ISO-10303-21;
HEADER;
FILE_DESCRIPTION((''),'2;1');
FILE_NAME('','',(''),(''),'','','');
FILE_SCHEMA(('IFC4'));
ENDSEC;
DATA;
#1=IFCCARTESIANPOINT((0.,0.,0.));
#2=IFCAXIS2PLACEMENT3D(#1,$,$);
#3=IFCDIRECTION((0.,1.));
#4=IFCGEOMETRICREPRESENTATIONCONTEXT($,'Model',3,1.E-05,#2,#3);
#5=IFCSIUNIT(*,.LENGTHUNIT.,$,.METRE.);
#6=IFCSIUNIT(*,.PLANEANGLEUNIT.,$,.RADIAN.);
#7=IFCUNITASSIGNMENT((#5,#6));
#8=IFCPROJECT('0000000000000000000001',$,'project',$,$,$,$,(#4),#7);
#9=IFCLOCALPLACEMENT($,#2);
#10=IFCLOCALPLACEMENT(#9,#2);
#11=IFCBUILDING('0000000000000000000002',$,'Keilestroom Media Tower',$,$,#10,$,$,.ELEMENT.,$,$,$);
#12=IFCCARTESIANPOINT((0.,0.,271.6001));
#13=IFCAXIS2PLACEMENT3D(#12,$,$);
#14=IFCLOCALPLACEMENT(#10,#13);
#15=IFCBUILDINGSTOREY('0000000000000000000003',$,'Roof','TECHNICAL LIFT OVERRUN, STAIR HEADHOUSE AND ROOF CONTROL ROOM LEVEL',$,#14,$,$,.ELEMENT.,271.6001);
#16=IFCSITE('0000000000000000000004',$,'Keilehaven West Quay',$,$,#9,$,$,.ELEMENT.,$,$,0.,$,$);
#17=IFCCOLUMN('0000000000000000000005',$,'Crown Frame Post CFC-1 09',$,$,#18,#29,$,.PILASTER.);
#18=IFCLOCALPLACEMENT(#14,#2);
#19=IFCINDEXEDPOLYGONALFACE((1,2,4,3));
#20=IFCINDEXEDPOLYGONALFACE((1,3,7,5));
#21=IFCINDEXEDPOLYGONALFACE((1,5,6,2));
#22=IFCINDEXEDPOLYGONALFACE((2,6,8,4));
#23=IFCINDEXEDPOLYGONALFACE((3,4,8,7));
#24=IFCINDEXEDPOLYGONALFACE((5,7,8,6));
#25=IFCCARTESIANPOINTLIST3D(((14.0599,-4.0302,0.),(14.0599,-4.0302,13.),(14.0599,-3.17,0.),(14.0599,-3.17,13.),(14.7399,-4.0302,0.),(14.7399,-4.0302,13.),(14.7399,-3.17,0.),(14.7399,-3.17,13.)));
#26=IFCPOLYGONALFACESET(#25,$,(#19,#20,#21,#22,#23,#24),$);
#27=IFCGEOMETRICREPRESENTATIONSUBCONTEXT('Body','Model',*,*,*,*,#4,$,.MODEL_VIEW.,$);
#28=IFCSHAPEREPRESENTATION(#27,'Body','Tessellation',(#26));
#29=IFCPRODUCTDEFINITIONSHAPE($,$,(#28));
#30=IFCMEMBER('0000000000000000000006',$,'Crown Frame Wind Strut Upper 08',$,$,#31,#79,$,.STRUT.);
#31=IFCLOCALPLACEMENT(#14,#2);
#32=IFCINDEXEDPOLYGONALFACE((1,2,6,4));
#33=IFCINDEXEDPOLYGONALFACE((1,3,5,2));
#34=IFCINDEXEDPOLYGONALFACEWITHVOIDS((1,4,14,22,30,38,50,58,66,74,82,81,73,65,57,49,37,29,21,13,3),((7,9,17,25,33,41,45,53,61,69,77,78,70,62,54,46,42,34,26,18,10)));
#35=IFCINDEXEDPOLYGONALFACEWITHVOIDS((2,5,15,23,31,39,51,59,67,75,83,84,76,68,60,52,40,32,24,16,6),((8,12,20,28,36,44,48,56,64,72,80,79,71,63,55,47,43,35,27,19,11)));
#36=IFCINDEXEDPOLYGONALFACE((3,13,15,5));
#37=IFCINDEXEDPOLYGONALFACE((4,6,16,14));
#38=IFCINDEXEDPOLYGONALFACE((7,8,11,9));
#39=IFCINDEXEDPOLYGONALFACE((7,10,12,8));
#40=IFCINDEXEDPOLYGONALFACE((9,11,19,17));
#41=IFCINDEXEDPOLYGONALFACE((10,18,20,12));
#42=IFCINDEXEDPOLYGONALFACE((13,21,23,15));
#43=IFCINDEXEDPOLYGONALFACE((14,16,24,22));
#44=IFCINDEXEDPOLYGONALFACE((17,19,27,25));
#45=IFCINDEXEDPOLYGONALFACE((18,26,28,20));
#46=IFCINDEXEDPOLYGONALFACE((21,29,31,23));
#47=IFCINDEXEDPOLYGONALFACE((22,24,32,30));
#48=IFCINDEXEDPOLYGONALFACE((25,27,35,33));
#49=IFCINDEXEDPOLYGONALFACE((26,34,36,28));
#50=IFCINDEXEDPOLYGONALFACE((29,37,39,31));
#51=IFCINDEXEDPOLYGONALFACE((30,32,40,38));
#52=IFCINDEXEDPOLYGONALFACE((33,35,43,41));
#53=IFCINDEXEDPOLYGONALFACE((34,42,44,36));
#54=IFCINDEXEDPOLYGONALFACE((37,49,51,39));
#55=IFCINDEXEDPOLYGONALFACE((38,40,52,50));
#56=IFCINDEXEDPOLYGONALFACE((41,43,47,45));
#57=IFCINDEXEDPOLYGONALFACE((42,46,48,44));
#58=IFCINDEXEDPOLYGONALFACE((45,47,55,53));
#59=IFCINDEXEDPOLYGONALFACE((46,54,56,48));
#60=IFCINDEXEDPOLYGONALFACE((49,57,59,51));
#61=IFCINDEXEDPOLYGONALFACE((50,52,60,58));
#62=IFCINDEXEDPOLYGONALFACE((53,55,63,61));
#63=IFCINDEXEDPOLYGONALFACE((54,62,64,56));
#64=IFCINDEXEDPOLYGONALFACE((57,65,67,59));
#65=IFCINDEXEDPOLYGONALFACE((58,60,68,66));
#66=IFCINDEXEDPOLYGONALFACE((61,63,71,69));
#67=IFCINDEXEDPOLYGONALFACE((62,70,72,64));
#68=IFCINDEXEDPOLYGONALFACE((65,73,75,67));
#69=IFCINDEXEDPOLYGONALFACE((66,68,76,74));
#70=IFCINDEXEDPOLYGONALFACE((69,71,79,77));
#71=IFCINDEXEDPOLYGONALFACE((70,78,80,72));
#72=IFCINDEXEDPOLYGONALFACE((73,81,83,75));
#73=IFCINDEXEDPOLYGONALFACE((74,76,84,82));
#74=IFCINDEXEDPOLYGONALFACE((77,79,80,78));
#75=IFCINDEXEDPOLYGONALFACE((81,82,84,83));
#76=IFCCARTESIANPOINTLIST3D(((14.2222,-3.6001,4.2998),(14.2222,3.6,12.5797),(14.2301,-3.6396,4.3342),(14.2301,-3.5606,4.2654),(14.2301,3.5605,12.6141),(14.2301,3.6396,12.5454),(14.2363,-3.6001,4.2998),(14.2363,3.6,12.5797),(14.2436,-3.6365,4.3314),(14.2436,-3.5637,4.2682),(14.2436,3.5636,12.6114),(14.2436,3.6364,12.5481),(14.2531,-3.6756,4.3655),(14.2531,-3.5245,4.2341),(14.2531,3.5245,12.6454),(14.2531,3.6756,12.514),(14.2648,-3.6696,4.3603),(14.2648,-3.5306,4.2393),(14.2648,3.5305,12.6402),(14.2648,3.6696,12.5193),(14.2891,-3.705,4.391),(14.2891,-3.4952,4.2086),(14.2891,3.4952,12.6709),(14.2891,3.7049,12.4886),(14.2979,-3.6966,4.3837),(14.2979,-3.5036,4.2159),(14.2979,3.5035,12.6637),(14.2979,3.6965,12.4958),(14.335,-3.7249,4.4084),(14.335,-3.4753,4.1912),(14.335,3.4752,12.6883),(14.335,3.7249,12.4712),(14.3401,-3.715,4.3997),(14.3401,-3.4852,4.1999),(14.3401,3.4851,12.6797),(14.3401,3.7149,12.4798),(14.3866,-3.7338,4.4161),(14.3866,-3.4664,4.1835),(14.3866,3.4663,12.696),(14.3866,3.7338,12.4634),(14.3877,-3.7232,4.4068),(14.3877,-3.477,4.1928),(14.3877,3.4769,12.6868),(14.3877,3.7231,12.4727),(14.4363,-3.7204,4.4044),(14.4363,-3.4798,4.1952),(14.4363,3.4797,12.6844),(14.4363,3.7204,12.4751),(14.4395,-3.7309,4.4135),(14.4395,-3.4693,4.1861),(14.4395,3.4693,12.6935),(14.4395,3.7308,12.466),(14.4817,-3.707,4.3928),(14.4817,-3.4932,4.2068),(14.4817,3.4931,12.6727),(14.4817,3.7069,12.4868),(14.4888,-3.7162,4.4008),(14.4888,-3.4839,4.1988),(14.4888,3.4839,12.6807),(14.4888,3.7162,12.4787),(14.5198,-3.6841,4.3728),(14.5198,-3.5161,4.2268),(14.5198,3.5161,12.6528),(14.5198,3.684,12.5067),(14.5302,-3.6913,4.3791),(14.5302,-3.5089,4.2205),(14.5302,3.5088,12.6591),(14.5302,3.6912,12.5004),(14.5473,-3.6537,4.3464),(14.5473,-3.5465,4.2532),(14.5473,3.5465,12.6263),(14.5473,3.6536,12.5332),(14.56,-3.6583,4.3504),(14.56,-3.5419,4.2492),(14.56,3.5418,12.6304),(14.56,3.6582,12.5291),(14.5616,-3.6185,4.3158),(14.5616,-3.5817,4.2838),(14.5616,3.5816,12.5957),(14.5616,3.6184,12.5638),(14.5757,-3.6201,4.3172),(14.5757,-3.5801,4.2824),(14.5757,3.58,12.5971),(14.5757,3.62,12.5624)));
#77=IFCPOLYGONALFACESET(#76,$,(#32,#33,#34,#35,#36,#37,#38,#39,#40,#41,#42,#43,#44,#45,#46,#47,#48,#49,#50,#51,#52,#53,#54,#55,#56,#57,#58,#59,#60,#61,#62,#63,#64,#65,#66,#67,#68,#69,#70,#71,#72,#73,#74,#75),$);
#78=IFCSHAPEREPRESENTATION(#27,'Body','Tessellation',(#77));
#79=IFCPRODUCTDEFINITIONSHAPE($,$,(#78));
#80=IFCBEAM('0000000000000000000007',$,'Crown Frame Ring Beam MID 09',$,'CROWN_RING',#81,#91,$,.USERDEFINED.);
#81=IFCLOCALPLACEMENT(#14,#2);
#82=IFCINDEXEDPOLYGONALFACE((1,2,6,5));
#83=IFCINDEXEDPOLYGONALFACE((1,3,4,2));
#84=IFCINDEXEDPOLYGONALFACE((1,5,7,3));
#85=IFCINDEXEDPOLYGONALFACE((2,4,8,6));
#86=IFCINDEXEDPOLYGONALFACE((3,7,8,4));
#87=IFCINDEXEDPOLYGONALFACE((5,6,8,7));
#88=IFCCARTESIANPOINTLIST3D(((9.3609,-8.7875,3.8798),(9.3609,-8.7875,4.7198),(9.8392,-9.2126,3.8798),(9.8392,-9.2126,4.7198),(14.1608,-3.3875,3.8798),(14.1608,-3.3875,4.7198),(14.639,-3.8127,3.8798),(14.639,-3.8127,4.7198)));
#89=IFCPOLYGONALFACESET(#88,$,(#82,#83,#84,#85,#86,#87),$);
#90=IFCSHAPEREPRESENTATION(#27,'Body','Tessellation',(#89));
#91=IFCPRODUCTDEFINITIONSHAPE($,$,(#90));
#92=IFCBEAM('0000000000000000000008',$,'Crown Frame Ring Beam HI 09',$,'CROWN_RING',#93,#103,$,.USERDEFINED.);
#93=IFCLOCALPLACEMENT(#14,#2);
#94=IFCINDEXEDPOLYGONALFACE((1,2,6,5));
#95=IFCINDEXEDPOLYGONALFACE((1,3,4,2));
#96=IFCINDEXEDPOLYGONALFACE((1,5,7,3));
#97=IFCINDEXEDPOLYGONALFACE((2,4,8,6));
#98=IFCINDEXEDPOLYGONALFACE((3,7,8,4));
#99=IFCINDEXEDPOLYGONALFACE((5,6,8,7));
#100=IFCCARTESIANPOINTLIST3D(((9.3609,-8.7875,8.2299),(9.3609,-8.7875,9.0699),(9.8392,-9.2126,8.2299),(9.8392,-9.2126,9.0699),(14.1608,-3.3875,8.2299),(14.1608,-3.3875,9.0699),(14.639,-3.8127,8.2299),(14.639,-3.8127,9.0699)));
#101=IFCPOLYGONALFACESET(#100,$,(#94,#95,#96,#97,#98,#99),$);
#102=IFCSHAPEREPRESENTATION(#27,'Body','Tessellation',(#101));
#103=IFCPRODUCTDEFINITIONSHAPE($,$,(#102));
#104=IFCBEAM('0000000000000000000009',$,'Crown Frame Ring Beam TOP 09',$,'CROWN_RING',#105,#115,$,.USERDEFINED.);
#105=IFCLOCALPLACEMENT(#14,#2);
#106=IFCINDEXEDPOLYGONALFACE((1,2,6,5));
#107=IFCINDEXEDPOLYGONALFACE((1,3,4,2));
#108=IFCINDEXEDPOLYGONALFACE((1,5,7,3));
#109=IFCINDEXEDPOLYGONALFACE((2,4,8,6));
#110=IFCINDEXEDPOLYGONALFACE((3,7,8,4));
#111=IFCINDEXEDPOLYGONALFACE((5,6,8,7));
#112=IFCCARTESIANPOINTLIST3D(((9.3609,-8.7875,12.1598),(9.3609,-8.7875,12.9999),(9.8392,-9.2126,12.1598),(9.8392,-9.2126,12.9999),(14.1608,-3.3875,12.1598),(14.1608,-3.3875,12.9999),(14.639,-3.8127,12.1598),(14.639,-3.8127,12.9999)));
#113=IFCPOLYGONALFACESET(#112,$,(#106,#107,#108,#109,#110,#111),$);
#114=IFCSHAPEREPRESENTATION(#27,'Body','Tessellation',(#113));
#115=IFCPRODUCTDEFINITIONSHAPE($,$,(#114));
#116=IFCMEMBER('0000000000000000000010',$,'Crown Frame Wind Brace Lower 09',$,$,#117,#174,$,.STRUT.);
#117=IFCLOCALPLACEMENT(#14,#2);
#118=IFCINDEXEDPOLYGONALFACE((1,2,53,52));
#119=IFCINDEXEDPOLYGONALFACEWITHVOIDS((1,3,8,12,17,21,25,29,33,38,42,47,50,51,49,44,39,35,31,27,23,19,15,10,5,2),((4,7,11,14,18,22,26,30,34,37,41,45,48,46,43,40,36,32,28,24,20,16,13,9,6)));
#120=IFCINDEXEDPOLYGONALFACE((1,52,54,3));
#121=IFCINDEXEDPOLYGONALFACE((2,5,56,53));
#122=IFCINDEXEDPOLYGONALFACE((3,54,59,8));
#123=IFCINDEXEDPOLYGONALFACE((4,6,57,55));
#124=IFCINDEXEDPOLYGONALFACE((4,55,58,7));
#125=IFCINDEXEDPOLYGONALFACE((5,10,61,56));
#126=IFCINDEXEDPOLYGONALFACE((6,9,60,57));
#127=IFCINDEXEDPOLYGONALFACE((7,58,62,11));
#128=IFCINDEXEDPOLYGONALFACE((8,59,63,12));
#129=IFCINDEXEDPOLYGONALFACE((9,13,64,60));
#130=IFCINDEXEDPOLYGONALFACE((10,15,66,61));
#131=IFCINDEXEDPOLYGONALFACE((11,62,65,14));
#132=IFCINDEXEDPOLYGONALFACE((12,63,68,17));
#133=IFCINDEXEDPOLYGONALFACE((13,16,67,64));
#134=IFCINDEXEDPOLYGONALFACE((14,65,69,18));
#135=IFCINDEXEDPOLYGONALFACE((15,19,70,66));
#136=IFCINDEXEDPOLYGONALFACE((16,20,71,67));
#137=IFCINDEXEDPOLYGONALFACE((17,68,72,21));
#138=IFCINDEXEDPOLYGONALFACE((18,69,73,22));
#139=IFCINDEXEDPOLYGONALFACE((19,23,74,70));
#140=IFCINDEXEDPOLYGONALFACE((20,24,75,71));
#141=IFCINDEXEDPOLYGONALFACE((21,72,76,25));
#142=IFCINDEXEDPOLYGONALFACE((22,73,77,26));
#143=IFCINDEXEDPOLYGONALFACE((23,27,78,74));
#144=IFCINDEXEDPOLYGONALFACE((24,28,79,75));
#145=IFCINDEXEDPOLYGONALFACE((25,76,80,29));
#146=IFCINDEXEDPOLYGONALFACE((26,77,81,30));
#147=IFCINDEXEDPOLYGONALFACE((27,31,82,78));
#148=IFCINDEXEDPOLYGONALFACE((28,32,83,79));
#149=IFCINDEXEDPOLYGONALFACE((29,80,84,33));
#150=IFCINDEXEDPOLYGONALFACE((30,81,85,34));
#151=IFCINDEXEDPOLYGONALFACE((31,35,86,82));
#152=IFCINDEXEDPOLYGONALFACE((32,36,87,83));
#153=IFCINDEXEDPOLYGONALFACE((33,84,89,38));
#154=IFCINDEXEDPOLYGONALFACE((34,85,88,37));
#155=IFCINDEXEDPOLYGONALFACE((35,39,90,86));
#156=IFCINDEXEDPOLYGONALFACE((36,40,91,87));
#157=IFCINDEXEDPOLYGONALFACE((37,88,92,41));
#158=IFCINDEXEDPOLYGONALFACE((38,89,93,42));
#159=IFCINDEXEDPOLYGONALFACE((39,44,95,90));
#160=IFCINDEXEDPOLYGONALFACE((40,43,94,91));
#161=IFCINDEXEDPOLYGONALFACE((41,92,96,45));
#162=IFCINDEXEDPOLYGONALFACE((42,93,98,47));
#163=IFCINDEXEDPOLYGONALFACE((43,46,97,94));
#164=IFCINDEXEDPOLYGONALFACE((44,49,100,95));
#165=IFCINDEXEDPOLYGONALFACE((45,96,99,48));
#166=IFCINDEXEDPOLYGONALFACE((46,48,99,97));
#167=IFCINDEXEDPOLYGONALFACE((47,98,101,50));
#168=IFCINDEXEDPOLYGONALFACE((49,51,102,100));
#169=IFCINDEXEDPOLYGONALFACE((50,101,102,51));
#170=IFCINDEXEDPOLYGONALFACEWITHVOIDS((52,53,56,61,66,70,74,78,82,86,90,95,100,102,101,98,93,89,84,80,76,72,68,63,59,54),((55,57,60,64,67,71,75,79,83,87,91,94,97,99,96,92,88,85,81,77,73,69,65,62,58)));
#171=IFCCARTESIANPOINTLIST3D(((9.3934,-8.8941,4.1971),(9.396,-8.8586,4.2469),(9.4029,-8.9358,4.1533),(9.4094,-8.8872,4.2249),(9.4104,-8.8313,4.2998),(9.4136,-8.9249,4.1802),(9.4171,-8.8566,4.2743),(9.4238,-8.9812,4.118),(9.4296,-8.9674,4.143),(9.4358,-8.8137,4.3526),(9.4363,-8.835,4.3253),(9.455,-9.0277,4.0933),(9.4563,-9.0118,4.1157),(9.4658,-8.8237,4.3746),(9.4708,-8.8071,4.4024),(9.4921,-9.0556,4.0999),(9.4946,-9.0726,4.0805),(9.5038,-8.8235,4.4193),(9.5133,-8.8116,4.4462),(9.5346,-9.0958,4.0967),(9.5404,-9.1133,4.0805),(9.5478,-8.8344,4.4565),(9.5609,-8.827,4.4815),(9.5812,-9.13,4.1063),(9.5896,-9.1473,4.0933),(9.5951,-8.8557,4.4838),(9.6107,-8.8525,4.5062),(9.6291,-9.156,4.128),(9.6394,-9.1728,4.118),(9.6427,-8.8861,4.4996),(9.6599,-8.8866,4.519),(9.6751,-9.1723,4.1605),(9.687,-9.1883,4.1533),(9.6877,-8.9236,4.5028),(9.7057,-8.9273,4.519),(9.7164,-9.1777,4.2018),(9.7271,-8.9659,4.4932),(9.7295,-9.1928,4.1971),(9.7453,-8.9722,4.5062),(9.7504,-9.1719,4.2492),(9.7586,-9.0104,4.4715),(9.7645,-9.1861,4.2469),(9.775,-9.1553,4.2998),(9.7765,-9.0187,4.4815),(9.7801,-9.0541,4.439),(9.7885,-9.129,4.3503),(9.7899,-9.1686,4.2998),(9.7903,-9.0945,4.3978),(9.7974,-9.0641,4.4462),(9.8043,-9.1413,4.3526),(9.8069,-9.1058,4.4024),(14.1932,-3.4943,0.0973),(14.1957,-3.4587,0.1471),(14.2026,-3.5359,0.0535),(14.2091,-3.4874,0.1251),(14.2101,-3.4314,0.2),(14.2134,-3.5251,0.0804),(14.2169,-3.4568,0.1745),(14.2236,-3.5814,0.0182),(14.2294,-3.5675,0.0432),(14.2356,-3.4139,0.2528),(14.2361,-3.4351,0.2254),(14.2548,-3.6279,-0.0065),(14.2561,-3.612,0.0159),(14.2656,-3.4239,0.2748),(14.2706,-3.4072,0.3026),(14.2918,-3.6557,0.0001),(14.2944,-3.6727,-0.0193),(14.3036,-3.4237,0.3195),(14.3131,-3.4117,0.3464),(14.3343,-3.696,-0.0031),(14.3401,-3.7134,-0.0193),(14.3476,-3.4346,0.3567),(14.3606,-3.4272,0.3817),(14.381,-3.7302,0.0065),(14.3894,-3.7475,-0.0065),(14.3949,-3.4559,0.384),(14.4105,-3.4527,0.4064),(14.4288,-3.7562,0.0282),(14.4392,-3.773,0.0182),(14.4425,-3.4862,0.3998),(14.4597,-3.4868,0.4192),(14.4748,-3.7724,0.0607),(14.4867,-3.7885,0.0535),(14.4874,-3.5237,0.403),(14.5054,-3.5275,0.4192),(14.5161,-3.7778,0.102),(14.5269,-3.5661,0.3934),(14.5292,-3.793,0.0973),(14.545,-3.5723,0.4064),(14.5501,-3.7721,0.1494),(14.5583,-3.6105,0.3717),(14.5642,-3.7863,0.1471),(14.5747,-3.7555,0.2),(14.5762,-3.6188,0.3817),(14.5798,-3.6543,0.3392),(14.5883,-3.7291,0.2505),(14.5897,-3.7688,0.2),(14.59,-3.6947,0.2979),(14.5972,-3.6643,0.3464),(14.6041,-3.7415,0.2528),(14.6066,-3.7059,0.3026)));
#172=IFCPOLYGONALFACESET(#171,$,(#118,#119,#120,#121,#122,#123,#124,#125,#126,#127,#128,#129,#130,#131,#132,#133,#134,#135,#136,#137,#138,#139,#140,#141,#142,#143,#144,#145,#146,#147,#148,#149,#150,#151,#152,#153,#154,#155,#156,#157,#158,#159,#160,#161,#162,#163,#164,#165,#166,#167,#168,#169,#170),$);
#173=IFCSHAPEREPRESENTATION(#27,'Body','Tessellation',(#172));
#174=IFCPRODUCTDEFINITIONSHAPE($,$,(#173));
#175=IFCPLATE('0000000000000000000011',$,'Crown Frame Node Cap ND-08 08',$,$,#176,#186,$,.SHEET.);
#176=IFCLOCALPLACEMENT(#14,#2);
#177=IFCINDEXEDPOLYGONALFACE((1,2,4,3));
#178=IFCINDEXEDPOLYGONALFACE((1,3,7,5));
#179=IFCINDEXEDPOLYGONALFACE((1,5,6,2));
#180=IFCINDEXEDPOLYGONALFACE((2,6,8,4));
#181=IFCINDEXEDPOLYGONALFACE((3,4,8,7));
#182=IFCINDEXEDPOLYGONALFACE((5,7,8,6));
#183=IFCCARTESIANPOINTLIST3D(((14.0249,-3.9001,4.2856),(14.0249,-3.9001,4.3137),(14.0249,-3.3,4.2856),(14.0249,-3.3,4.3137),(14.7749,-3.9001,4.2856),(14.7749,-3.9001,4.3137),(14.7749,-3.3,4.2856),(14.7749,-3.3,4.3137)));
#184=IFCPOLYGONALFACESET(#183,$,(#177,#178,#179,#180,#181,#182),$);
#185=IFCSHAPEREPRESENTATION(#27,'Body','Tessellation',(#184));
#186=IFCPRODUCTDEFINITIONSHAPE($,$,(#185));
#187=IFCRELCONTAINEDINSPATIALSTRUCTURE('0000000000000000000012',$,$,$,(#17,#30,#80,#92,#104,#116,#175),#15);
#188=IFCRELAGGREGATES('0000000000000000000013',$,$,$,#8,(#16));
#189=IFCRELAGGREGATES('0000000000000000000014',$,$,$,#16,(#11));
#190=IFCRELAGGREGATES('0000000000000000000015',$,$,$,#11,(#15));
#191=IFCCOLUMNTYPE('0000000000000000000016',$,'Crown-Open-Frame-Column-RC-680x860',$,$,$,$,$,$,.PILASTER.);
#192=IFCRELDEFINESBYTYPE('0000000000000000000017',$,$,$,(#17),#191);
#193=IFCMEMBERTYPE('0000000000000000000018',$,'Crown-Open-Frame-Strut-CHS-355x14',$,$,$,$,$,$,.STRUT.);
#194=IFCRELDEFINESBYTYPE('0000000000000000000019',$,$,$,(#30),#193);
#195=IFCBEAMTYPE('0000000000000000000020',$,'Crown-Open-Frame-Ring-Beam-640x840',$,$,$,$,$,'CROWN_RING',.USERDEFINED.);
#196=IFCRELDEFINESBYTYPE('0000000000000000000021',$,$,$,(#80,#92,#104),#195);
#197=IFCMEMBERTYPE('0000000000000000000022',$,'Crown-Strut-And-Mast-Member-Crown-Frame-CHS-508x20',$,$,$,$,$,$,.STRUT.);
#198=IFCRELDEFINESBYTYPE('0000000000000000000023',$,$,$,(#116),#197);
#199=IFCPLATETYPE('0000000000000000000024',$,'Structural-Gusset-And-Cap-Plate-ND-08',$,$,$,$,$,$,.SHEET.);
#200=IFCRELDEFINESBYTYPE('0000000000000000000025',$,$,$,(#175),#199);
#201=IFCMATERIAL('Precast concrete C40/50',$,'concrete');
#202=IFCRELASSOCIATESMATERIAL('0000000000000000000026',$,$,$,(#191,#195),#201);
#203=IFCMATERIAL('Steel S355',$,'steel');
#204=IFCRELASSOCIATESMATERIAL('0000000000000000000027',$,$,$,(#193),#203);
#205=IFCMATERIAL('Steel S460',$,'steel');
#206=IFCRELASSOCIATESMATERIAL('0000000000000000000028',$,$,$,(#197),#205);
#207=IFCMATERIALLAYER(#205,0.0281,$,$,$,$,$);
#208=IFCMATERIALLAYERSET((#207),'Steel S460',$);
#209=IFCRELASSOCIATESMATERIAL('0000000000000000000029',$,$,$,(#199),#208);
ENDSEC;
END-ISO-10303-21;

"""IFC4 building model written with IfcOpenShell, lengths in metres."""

from ifc_helpers import new_model, si_unit, direction, frame, origin, origin_2d, place, context, subcontext, project, spatial, rectangle, hollow_circle, extrude, source, transform, mapped, material, layer, layer_set, material_profile, profile_set, type_object, element, save


model = new_model("IFC4")

# Units and contexts
model_context = context("Model", 3, precision=1e-05, world=origin(), true_north=direction((0.0, 1.0)))
body_context = subcontext(model_context, "Body", "Model", "MODEL_VIEW")
ifc_project = project(units=[si_unit("LENGTHUNIT", "METRE"), si_unit("PLANEANGLEUNIT", "RADIAN")], contexts=[model_context])

# Site, building, storey
site_placement = place(None, origin())
site = spatial("IfcSite", under=ifc_project, at=site_placement, Name="Keilehaven West Quay", CompositionType="ELEMENT", RefElevation=0.0)
building_placement = place(site_placement, origin())
building = spatial("IfcBuilding", under=site, at=building_placement, Name="Keilestroom Media Tower", CompositionType="ELEMENT")
storey_placement = place(building_placement, frame((0.0, 0.0, 271.6001)))
storey = spatial("IfcBuildingStorey", under=building, at=storey_placement, Name="Roof", Description="TECHNICAL LIFT OVERRUN, STAIR HEADHOUSE AND ROOF CONTROL ROOM LEVEL", CompositionType="ELEMENT", Elevation=271.6001)

# Column
ifc_material_1 = material(Name="Precast concrete C40/50", Category="concrete")
ifc_material_profile_1 = material_profile(ifc_material_1, rectangle(XDim=0.6799, YDim=0.8601, at=origin_2d()), Name="CF 860x680")
ifc_profile_set_1 = profile_set([ifc_material_profile_1], Name="Precast concrete C40/50")
column_type = type_object("IfcColumnType", Name="Crown-Open-Frame-Column-RC-680x860", PredefinedType="PILASTER", material=ifc_profile_set_1)
shared_shape_1 = source(origin(), body_context, "Body", "SweptSolid", [
    extrude(rectangle(XDim=0.6799, YDim=0.8601, at=origin_2d()), origin(), (0.0, 0.0, 1.0), 13.0),
])
column_placement = place(storey_placement, frame((14.3999, -3.6001, 0.0), z_axis=(0.0, 0.0, 1.0), x_axis=(1.0, 0.0, 0.0)))
element("IfcColumn", 1, at=column_placement, inside=storey, type_object=column_type, Name="Crown Frame Post CFC-1 09", PredefinedType="PILASTER", context=body_context, shape_type="MappedRepresentation", body=[
    mapped(shared_shape_1, transform((0.0, 0.0, 0.0), x_axis=(1.0, 0.0, 0.0), y_axis=(0.0, 1.0, 0.0), z_axis=(0.0, 0.0, 1.0), scale=1.0)),
])

# Member
ifc_material_2 = material(Name="Steel S355", Category="steel")
ifc_material_profile_2 = material_profile(ifc_material_2, hollow_circle(Radius=0.1777, WallThickness=0.0142, at=origin_2d()), Name="CHS 355.6x14.2")
ifc_profile_set_2 = profile_set([ifc_material_profile_2], Name="Steel S355")
member_type_1 = type_object("IfcMemberType", Name="Crown-Open-Frame-Strut-CHS-355x14", PredefinedType="STRUT", material=ifc_profile_set_2)
shared_shape_2 = source(origin(), body_context, "Body", "SweptSolid", [
    extrude(hollow_circle(Radius=0.1777, WallThickness=0.0142, at=origin_2d()), origin(), (0.0, 0.0, 1.0), 10.9727),
])
member_1_placement = place(storey_placement, frame((14.3999, -3.6001, 4.2998), z_axis=(0.0, 0.656188, 0.754598), x_axis=(-1.0, 0.0, 0.0)))
element("IfcMember", 2, at=member_1_placement, inside=storey, type_object=member_type_1, Name="Crown Frame Wind Strut Upper 08", PredefinedType="STRUT", context=body_context, shape_type="MappedRepresentation", body=[
    mapped(shared_shape_2, transform((0.0, 0.0, 0.0), x_axis=(1.0, 0.0, 0.0), y_axis=(0.0, 1.0, 0.0), z_axis=(0.0, 0.0, 1.0), scale=1.0)),
])

# Beams
ifc_material_profile_3 = material_profile(ifc_material_1, rectangle(XDim=0.6399, YDim=0.8401, at=origin_2d()), Name="CF 640x840")
ifc_profile_set_3 = profile_set([ifc_material_profile_3], Name="Precast concrete C40/50")
beam_type = type_object("IfcBeamType", Name="Crown-Open-Frame-Ring-Beam-640x840", ElementType="CROWN_RING", PredefinedType="USERDEFINED", material=ifc_profile_set_3)
shared_shape_3 = source(origin(), body_context, "Body", "SweptSolid", [
    extrude(rectangle(XDim=0.6399, YDim=0.8401, at=origin_2d()), origin(), (0.0, 0.0, 1.0), 7.2249),
])
for number, where, z_axis, x_axis, name in (
    (3, (14.3999, -3.6001, 4.2998), (-0.664355, -0.747417, 0.0), (0.747417, -0.664355, 0.0), "Crown Frame Ring Beam MID 09"),
    (4, (14.3999, -3.6001, 8.6499), (-0.664355, -0.747417, 0.0), (0.747417, -0.664355, 0.0), "Crown Frame Ring Beam HI 09"),
    (5, (14.3999, -3.6001, 12.5798), (-0.664355, -0.747417, 0.0), (0.747417, -0.664355, 0.0), "Crown Frame Ring Beam TOP 09"),
):
    element("IfcBeam", number, at=place(storey_placement, frame(where, z_axis=z_axis, x_axis=x_axis)), inside=storey, type_object=beam_type, Name=name, ObjectType="CROWN_RING", PredefinedType="USERDEFINED", context=body_context, shape_type="MappedRepresentation", body=[
        mapped(shared_shape_3, transform((0.0, 0.0, 0.0), x_axis=(1.0, 0.0, 0.0), y_axis=(0.0, 1.0, 0.0), z_axis=(0.0, 0.0, 1.0), scale=1.0)),
    ])

# Member
ifc_material_3 = material(Name="Steel S460", Category="steel")
ifc_material_profile_4 = material_profile(ifc_material_3, hollow_circle(Radius=0.2539, WallThickness=0.02, at=origin_2d()), Name="CHS 508x20")
ifc_profile_set_4 = profile_set([ifc_material_profile_4], Name="Steel S460")
member_type_2 = type_object("IfcMemberType", Name="Crown-Strut-And-Mast-Member-Crown-Frame-CHS-508x20", PredefinedType="STRUT", material=ifc_profile_set_4)
shared_shape_4 = source(origin(), body_context, "Body", "SweptSolid", [
    extrude(hollow_circle(Radius=0.2539, WallThickness=0.02, at=origin_2d()), origin(), (0.0, 0.0, 1.0), 8.3069),
])
member_2_placement = place(storey_placement, frame((14.3999, -3.6001, 0.2), z_axis=(-0.577804, -0.650044, 0.493543), x_axis=(0.747417, -0.664355, 0.0)))
element("IfcMember", 6, at=member_2_placement, inside=storey, type_object=member_type_2, Name="Crown Frame Wind Brace Lower 09", PredefinedType="STRUT", context=body_context, shape_type="MappedRepresentation", body=[
    mapped(shared_shape_4, transform((0.0, 0.0, 0.0), x_axis=(1.0, 0.0, 0.0), y_axis=(0.0, 1.0, 0.0), z_axis=(0.0, 0.0, 1.0), scale=1.0)),
])

# Plate
ifc_layer_1 = layer(ifc_material_3, 0.0281)
ifc_layer_set_1 = layer_set([ifc_layer_1], Name="Steel S460")
plate_type_1 = type_object("IfcPlateType", Name="Structural-Gusset-And-Cap-Plate-ND-08", PredefinedType="SHEET", material=ifc_layer_set_1)
shared_shape_5 = source(origin(), body_context, "Body", "SweptSolid", [
    extrude(rectangle(XDim=0.75, YDim=0.6001, at=origin_2d()), origin(), (0.0, 0.0, 1.0), 0.0281),
])
plate_1_placement = place(storey_placement, frame((14.3999, -3.6001, 4.2856), z_axis=(0.0, 0.0, 1.0), x_axis=(1.0, 0.0, 0.0)))
element("IfcPlate", 7, at=plate_1_placement, inside=storey, type_object=plate_type_1, Name="Crown Frame Node Cap ND-08 08", PredefinedType="SHEET", context=body_context, shape_type="MappedRepresentation", body=[
    mapped(shared_shape_5, transform((0.0, 0.0, 0.0), x_axis=(1.0, 0.0, 0.0), y_axis=(0.0, 1.0, 0.0), z_axis=(0.0, 0.0, 1.0), scale=1.0)),
])

save(model, "model.ifc")
